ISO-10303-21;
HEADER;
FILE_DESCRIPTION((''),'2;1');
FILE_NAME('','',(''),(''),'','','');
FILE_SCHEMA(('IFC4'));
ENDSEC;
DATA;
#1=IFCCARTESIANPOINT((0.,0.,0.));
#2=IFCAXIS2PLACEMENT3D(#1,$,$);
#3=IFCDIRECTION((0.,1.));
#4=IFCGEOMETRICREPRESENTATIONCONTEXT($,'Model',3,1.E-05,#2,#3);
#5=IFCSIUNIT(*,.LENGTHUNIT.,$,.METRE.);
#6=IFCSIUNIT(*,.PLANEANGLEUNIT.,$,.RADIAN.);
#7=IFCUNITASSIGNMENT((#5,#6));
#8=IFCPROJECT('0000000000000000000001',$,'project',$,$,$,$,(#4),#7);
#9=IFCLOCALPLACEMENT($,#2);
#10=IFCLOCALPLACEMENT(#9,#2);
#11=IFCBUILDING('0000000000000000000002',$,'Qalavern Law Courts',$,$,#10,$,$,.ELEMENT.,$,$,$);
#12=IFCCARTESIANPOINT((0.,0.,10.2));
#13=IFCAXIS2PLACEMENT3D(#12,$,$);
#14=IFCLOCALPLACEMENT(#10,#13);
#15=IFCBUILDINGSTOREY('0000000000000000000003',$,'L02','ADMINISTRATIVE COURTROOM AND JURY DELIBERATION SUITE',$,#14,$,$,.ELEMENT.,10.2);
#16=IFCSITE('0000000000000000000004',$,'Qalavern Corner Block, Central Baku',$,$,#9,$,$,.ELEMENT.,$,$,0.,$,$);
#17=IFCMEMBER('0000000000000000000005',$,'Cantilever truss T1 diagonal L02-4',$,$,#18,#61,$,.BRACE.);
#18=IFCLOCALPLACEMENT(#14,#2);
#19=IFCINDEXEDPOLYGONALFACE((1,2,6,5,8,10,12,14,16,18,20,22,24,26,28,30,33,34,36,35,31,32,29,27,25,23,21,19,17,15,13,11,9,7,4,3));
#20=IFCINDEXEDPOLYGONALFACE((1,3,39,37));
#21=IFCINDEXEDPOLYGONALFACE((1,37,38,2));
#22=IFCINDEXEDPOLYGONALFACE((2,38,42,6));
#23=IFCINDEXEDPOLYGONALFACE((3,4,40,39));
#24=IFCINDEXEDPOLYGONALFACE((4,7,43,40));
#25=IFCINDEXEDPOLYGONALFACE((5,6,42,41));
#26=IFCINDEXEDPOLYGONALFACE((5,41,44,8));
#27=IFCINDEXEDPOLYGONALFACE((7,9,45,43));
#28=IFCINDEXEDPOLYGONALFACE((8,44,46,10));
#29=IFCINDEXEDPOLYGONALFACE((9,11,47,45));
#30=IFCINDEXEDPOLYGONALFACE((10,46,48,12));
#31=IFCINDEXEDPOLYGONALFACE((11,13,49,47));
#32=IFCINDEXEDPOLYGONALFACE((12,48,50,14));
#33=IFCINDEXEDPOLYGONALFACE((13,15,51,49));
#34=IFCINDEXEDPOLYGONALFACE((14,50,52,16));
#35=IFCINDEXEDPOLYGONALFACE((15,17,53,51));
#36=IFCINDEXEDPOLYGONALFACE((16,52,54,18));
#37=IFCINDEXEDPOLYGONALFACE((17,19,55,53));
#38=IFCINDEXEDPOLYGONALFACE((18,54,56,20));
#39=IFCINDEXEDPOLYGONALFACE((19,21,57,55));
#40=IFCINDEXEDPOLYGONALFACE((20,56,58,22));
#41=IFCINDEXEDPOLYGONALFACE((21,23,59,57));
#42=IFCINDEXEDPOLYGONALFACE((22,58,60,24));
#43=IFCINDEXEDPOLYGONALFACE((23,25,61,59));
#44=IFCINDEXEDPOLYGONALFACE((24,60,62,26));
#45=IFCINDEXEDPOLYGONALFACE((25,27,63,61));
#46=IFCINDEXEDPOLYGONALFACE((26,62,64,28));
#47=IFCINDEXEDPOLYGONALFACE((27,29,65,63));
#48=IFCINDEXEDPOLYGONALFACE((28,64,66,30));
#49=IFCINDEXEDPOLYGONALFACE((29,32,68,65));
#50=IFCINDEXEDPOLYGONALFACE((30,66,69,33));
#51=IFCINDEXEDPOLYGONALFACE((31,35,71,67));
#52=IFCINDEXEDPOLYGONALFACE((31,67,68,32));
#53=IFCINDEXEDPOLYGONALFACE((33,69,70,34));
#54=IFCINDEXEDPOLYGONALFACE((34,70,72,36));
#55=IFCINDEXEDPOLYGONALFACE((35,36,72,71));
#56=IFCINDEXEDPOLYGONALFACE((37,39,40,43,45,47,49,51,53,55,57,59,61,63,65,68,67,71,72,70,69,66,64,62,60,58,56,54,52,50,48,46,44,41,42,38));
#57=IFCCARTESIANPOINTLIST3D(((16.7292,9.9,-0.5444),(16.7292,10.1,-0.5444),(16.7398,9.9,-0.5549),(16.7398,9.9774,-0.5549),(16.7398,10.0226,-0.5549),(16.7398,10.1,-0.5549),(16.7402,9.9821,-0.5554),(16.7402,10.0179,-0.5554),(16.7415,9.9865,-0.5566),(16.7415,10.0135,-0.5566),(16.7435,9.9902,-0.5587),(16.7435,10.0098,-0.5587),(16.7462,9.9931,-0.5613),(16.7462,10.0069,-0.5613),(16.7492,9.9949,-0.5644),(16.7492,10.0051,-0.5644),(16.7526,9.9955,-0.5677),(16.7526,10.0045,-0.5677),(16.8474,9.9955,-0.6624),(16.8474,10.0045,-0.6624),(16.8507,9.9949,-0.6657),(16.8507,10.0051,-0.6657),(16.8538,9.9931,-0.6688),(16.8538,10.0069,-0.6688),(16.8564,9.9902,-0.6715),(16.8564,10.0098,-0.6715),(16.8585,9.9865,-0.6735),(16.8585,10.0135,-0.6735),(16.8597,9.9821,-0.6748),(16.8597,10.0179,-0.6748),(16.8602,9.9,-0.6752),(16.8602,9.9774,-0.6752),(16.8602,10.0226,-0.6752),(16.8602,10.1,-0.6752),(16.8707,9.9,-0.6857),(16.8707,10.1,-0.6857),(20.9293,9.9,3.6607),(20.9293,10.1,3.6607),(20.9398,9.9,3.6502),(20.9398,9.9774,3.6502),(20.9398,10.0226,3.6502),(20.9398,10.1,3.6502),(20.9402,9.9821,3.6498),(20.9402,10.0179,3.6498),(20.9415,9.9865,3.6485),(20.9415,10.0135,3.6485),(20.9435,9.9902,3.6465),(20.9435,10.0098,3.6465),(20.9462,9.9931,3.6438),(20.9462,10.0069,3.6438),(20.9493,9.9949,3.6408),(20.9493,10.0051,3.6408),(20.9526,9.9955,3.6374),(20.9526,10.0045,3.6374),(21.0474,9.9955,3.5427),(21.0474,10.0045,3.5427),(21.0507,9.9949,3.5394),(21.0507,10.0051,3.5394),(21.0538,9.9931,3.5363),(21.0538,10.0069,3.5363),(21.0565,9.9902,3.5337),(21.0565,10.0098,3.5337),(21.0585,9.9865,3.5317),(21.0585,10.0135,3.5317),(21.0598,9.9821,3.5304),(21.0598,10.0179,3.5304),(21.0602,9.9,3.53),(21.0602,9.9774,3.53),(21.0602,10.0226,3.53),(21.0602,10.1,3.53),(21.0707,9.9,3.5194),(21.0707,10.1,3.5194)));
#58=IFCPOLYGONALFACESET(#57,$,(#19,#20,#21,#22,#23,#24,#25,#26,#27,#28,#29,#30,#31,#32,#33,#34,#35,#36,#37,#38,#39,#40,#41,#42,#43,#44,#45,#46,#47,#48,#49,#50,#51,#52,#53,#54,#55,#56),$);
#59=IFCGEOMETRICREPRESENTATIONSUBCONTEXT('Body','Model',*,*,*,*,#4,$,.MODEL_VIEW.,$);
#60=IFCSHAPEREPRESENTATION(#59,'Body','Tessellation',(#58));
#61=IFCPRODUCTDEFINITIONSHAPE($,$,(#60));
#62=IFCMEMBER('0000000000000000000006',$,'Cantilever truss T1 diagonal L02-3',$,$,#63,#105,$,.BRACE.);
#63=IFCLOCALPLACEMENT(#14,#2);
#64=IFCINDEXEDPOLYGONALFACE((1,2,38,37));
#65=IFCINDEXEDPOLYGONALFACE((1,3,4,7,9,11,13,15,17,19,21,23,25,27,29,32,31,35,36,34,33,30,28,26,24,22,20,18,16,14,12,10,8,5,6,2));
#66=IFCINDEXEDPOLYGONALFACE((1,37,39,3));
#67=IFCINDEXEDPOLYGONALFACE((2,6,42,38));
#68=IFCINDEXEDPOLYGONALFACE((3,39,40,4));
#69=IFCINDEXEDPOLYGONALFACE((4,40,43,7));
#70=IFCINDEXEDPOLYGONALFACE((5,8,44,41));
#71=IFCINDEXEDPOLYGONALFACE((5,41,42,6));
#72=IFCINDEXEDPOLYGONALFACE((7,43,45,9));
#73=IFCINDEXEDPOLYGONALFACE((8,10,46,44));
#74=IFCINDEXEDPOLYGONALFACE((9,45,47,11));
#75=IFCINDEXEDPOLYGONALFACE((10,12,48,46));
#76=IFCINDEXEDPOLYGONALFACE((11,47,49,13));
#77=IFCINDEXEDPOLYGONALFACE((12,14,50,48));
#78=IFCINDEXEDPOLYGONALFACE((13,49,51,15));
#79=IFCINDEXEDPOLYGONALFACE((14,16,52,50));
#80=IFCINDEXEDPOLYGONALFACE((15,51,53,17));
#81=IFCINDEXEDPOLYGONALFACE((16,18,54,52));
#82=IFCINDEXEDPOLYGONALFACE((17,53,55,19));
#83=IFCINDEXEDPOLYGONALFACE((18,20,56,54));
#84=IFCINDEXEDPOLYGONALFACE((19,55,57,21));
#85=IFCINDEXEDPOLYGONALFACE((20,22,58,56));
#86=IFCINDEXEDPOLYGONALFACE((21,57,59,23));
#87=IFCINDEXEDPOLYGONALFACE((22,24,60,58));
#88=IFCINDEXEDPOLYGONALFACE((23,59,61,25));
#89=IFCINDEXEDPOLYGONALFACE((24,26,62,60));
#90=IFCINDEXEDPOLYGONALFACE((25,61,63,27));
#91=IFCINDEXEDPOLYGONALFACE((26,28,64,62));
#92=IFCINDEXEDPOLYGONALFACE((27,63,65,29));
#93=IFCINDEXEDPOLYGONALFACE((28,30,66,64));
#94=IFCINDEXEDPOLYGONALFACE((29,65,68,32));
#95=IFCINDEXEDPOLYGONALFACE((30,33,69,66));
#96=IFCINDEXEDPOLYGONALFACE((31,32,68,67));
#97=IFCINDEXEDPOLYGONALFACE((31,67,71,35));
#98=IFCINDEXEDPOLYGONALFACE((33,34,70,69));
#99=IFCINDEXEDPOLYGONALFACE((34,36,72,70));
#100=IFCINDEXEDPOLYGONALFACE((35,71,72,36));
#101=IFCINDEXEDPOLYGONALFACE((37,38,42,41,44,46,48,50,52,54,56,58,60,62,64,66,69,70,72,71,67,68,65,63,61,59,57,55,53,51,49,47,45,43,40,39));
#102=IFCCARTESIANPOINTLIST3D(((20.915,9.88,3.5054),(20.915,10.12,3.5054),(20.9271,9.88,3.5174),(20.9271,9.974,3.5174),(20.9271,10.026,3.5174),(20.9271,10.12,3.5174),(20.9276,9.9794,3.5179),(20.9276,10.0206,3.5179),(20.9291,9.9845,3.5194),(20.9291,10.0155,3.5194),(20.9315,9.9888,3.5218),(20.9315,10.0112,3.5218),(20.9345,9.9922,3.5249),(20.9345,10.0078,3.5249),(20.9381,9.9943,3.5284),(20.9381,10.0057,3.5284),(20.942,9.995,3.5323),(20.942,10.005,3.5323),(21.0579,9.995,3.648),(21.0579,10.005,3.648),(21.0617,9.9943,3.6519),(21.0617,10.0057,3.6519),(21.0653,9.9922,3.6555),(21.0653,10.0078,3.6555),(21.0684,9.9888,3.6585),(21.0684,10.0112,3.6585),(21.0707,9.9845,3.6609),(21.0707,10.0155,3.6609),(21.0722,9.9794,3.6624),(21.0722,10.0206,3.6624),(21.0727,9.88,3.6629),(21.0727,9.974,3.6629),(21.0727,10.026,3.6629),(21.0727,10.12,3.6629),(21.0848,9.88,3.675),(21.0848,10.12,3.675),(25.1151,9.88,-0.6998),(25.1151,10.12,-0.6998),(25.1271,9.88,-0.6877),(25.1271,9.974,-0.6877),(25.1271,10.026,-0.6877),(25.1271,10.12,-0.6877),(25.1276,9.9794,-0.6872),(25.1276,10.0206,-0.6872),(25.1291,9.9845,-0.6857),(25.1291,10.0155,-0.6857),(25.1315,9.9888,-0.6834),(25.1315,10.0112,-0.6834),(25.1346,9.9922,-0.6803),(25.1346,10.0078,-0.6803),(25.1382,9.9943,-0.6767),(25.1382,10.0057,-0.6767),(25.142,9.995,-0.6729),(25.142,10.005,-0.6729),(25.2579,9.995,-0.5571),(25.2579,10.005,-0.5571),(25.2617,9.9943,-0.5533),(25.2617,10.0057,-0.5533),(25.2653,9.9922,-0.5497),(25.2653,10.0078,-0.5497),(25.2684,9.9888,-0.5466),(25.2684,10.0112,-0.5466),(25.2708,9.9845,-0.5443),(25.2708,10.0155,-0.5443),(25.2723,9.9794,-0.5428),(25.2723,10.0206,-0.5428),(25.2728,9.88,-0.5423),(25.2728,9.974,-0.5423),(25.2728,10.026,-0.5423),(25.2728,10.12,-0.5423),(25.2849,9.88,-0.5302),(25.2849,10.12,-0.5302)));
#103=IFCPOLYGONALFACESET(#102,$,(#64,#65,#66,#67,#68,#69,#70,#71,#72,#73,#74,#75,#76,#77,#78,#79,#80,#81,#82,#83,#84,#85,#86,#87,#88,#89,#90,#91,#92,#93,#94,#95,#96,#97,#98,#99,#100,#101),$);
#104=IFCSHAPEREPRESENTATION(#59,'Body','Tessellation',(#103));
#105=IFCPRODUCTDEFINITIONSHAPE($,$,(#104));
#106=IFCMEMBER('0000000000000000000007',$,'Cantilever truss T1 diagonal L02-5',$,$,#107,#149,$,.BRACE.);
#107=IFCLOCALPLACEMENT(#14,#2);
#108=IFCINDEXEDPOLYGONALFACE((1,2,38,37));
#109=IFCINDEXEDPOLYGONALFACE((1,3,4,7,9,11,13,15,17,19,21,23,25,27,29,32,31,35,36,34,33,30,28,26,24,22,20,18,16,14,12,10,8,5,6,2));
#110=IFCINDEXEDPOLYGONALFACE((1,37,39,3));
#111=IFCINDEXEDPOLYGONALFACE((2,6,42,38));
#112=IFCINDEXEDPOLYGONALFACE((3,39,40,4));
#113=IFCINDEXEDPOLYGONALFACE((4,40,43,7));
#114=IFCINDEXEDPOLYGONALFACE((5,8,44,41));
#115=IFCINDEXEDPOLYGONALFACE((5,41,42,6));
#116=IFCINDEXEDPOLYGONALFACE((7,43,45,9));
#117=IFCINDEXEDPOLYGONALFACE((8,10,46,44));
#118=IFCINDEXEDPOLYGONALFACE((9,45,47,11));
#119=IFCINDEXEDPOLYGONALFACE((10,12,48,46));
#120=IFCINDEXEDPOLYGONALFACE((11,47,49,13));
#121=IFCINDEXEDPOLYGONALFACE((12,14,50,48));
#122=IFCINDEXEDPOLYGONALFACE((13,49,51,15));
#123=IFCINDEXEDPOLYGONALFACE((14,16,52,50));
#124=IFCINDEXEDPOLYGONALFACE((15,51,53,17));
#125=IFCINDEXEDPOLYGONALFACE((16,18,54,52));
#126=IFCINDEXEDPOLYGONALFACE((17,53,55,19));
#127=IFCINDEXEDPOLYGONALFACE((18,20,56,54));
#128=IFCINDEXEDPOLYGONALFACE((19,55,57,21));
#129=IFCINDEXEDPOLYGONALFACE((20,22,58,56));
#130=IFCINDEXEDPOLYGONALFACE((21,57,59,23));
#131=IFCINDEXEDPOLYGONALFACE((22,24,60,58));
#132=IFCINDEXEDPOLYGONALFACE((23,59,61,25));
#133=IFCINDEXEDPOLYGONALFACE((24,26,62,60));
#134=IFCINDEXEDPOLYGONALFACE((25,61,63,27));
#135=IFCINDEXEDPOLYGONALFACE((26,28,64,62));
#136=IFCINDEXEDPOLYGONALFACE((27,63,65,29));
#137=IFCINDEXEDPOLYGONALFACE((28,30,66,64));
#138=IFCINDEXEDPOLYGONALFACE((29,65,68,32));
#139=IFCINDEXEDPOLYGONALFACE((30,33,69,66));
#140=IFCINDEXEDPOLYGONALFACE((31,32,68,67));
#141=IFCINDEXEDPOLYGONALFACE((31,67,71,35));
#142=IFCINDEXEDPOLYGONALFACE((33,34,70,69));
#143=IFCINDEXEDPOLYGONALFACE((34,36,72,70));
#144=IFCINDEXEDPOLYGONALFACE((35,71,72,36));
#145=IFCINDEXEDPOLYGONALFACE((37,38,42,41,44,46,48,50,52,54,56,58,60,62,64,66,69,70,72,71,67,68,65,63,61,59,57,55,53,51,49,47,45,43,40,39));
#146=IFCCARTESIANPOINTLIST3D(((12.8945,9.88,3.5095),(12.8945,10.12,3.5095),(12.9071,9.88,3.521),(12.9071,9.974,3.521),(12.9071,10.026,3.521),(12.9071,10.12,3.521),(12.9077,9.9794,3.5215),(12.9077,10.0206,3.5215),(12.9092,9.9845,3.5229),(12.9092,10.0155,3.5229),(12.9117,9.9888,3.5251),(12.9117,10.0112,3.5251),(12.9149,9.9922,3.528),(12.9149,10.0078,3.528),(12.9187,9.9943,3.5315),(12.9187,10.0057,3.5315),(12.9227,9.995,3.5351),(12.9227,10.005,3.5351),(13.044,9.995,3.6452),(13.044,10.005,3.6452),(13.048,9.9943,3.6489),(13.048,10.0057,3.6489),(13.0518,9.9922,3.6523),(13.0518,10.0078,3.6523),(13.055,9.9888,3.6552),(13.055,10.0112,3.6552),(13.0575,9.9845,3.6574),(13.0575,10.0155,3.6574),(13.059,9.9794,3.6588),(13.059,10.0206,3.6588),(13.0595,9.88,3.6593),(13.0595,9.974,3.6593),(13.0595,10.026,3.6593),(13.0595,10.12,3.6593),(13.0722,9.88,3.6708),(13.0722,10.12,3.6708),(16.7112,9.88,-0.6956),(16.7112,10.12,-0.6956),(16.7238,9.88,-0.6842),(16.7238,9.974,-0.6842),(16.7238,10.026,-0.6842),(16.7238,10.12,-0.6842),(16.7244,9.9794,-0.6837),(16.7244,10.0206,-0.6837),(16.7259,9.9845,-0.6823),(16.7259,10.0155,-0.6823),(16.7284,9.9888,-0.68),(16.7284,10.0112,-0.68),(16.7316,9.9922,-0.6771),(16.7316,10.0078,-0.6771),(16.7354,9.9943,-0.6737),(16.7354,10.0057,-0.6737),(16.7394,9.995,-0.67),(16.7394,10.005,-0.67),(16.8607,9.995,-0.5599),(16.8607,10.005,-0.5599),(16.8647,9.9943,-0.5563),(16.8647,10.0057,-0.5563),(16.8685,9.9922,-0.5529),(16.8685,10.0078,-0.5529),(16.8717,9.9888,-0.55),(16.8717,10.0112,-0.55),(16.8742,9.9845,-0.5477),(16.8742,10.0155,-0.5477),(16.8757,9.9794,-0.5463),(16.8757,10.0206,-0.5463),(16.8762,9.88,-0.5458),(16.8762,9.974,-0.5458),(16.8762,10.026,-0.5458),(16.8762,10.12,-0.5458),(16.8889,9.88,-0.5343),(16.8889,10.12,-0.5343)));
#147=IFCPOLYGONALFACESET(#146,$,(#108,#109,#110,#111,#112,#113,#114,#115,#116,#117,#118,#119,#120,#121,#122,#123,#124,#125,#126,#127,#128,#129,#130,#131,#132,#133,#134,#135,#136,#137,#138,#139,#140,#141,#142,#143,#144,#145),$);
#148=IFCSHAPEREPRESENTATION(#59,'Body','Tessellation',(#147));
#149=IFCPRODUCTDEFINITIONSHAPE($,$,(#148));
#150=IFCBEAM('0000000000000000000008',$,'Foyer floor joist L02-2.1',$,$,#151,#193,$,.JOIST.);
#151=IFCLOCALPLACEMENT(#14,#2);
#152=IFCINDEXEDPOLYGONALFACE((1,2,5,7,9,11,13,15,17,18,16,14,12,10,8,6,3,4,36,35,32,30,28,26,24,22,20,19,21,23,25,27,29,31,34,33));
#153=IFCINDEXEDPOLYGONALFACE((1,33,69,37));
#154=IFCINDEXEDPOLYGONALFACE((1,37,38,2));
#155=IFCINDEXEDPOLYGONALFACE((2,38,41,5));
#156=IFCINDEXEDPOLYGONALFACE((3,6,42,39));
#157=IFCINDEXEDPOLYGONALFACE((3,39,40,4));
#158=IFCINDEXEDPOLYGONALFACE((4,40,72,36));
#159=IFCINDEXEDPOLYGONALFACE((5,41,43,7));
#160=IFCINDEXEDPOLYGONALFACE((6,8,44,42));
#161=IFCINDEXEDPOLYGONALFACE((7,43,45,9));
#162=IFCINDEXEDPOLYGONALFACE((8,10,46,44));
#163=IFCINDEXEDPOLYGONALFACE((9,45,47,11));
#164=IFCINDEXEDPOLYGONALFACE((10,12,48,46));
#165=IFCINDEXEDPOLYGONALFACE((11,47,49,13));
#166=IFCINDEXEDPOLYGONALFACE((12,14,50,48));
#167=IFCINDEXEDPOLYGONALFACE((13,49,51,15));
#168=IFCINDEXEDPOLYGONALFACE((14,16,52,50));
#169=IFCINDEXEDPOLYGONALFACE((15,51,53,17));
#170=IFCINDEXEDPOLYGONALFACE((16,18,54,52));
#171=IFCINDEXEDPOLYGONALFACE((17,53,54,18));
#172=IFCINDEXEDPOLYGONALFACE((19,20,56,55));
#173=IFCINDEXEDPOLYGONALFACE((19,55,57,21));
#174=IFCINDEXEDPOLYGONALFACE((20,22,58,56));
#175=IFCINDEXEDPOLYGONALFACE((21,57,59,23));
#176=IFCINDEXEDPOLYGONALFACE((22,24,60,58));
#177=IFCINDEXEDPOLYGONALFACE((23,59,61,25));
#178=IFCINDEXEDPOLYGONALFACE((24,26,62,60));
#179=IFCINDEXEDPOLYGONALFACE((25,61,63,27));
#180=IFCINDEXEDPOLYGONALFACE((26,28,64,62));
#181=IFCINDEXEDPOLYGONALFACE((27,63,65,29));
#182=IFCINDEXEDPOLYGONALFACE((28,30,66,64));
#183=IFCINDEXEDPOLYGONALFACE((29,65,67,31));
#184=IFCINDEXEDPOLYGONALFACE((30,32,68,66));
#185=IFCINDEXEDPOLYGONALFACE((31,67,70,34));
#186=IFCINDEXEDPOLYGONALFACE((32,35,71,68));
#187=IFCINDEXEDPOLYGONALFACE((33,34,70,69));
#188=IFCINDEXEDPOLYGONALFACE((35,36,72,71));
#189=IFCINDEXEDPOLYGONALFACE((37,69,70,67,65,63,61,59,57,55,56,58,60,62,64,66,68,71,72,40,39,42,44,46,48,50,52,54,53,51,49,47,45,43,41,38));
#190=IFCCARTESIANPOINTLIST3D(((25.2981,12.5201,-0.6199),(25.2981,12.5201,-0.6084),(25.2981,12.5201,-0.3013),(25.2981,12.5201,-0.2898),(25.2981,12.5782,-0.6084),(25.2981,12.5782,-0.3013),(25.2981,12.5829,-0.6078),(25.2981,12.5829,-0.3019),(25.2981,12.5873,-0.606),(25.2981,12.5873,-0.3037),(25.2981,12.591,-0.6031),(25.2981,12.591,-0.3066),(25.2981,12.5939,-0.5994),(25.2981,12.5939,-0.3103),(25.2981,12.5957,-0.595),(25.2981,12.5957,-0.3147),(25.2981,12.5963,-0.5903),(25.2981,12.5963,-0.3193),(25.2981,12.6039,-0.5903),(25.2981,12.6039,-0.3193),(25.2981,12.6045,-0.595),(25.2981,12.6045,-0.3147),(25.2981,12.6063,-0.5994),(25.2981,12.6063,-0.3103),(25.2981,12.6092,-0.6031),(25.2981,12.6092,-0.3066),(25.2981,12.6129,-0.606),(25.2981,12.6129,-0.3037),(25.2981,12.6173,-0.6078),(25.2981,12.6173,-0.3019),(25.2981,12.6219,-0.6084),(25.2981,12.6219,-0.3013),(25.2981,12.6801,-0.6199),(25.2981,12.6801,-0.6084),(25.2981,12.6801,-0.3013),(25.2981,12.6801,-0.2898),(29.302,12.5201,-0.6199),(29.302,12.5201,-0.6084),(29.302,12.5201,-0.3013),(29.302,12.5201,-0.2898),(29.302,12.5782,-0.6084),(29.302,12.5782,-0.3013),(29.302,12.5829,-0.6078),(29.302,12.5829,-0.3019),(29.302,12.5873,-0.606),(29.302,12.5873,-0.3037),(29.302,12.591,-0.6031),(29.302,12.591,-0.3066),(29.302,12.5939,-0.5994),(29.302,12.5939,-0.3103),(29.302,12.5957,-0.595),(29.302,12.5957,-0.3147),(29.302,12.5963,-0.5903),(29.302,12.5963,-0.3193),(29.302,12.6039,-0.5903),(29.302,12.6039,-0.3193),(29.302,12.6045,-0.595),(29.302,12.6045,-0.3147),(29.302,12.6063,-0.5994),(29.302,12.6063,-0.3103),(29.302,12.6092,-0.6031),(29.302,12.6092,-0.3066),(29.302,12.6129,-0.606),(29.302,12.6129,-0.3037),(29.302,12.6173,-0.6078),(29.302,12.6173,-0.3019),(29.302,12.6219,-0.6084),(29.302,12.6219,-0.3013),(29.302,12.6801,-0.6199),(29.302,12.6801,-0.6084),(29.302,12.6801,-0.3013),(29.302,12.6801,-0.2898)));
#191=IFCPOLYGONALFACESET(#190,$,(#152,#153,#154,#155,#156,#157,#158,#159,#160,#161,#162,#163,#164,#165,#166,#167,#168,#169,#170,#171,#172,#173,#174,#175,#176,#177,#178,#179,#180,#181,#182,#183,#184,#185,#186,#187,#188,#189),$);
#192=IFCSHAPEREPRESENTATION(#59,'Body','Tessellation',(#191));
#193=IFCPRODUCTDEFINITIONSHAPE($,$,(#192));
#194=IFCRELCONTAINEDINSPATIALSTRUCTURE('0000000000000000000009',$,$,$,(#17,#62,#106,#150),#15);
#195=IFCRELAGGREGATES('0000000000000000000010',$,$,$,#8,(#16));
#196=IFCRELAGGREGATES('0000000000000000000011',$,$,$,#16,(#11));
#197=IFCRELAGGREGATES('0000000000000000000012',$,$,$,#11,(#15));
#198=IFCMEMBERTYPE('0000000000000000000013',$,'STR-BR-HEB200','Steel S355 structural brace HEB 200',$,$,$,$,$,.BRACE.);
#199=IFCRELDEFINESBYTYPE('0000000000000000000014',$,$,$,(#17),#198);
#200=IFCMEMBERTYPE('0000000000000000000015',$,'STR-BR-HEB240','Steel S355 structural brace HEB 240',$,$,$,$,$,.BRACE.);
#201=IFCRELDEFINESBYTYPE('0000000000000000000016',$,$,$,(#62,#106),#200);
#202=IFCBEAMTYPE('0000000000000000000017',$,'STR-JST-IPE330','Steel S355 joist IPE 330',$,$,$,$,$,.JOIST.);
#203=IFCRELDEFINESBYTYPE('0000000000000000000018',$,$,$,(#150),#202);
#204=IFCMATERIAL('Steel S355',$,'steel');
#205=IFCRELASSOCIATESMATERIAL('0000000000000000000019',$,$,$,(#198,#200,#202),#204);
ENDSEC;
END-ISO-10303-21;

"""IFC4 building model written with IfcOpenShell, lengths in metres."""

from ifc_helpers import new_model, si_unit, direction, frame, origin, origin_2d, place, context, subcontext, project, spatial, i_section, extrude, material, material_profile, profile_set, type_object, element, save


model = new_model("IFC4")

# Units and contexts
model_context = context("Model", 3, precision=1e-05, world=origin(), true_north=direction((0.0, 1.0)))
body_context = subcontext(model_context, "Body", "Model", "MODEL_VIEW")
ifc_project = project(units=[si_unit("LENGTHUNIT", "METRE"), si_unit("PLANEANGLEUNIT", "RADIAN")], contexts=[model_context])

# Site, building, storey
site_placement = place(None, origin())
site = spatial("IfcSite", under=ifc_project, at=site_placement, Name="Qalavern Corner Block, Central Baku", CompositionType="ELEMENT", RefElevation=0.0)
building_placement = place(site_placement, origin())
building = spatial("IfcBuilding", under=site, at=building_placement, Name="Qalavern Law Courts", CompositionType="ELEMENT")
storey_placement = place(building_placement, frame((0.0, 0.0, 10.2)))
storey = spatial("IfcBuildingStorey", under=building, at=storey_placement, Name="L02", Description="ADMINISTRATIVE COURTROOM AND JURY DELIBERATION SUITE", CompositionType="ELEMENT", Elevation=10.2)

# Shared definitions
ifc_material_1 = material(Name="Steel S355", Category="steel")

# Members
ifc_material_profile_1 = material_profile(ifc_material_1, i_section(OverallWidth=0.2, OverallDepth=0.2, WebThickness=0.009, FlangeThickness=0.0149, FilletRadius=0.0181, at=origin_2d()), Name="HEB 200")
ifc_profile_set_1 = profile_set([ifc_material_profile_1], Name="Steel S355")
member_type_1 = type_object("IfcMemberType", Name="STR-BR-HEB200", Description="Steel S355 structural brace HEB 200", PredefinedType="BRACE", material=ifc_profile_set_1)
member_1_placement = place(storey_placement, frame((21.0, 10.0, 3.5901), z_axis=(-0.706675, 0.0, -0.707538), x_axis=(0.0, -1.0, 0.0)))
element("IfcMember", 1, at=member_1_placement, inside=storey, type_object=member_type_1, Name="Cantilever truss T1 diagonal L02-4", PredefinedType="BRACE", context=body_context, shape_type="SweptSolid", body=[
    extrude(i_section(OverallWidth=0.2, OverallDepth=0.2, WebThickness=0.009, FlangeThickness=0.0149, FilletRadius=0.0181, at=origin_2d()), origin(), (0.0, 0.0, 1.0), 5.9434),
])
ifc_material_profile_2 = material_profile(ifc_material_1, i_section(OverallWidth=0.24, OverallDepth=0.24, WebThickness=0.01, FlangeThickness=0.0171, FilletRadius=0.021, at=origin_2d()), Name="HEB 240")
ifc_profile_set_2 = profile_set([ifc_material_profile_2], Name="Steel S355")
member_type_2 = type_object("IfcMemberType", Name="STR-BR-HEB240", Description="Steel S355 structural brace HEB 240", PredefinedType="BRACE", material=ifc_profile_set_2)
member_2_placement = place(storey_placement, frame((25.2, 10.0, -0.615), z_axis=(-0.706675, 0.0, 0.707538), x_axis=(0.0, -1.0, 0.0)))
element("IfcMember", 2, at=member_2_placement, inside=storey, type_object=member_type_2, Name="Cantilever truss T1 diagonal L02-3", PredefinedType="BRACE", context=body_context, shape_type="SweptSolid", body=[
    extrude(i_section(OverallWidth=0.24, OverallDepth=0.24, WebThickness=0.01, FlangeThickness=0.0171, FilletRadius=0.021, at=origin_2d()), origin(), (0.0, 0.0, 1.0), 5.9434),
])
member_3_placement = place(storey_placement, frame((16.8, 10.0, -0.615), z_axis=(-0.67208, 0.0, 0.740479), x_axis=(0.0, -1.0, 0.0)))
element("IfcMember", 3, at=member_3_placement, inside=storey, type_object=member_type_2, Name="Cantilever truss T1 diagonal L02-5", PredefinedType="BRACE", context=body_context, shape_type="SweptSolid", body=[
    extrude(i_section(OverallWidth=0.24, OverallDepth=0.24, WebThickness=0.01, FlangeThickness=0.0171, FilletRadius=0.021, at=origin_2d()), origin(), (0.0, 0.0, 1.0), 5.679),
])

# Beam
ifc_material_profile_3 = material_profile(ifc_material_1, i_section(OverallWidth=0.1599, OverallDepth=0.3301, WebThickness=0.0076, FlangeThickness=0.0115, FilletRadius=0.0181, at=origin_2d()), Name="IPE 330")
ifc_profile_set_3 = profile_set([ifc_material_profile_3], Name="Steel S355")
beam_type_1 = type_object("IfcBeamType", Name="STR-JST-IPE330", Description="Steel S355 joist IPE 330", PredefinedType="JOIST", material=ifc_profile_set_3)
for number, where, z_axis, x_axis, name in (
    (4, (25.2981, 12.6001, -0.4548), (1.0, 0.0, 0.0), (0.0, 1.0, 0.0), "Foyer floor joist L02-2.1"),
):
    element("IfcBeam", number, at=place(storey_placement, frame(where, z_axis=z_axis, x_axis=x_axis)), inside=storey, type_object=beam_type_1, Name=name, PredefinedType="JOIST", context=body_context, shape_type="SweptSolid", body=[
        extrude(i_section(OverallWidth=0.1599, OverallDepth=0.3301, WebThickness=0.0076, FlangeThickness=0.0115, FilletRadius=0.0181, at=origin_2d()), origin(), (0.0, 0.0, 1.0), 4.0039),
    ])

save(model, "model.ifc")
